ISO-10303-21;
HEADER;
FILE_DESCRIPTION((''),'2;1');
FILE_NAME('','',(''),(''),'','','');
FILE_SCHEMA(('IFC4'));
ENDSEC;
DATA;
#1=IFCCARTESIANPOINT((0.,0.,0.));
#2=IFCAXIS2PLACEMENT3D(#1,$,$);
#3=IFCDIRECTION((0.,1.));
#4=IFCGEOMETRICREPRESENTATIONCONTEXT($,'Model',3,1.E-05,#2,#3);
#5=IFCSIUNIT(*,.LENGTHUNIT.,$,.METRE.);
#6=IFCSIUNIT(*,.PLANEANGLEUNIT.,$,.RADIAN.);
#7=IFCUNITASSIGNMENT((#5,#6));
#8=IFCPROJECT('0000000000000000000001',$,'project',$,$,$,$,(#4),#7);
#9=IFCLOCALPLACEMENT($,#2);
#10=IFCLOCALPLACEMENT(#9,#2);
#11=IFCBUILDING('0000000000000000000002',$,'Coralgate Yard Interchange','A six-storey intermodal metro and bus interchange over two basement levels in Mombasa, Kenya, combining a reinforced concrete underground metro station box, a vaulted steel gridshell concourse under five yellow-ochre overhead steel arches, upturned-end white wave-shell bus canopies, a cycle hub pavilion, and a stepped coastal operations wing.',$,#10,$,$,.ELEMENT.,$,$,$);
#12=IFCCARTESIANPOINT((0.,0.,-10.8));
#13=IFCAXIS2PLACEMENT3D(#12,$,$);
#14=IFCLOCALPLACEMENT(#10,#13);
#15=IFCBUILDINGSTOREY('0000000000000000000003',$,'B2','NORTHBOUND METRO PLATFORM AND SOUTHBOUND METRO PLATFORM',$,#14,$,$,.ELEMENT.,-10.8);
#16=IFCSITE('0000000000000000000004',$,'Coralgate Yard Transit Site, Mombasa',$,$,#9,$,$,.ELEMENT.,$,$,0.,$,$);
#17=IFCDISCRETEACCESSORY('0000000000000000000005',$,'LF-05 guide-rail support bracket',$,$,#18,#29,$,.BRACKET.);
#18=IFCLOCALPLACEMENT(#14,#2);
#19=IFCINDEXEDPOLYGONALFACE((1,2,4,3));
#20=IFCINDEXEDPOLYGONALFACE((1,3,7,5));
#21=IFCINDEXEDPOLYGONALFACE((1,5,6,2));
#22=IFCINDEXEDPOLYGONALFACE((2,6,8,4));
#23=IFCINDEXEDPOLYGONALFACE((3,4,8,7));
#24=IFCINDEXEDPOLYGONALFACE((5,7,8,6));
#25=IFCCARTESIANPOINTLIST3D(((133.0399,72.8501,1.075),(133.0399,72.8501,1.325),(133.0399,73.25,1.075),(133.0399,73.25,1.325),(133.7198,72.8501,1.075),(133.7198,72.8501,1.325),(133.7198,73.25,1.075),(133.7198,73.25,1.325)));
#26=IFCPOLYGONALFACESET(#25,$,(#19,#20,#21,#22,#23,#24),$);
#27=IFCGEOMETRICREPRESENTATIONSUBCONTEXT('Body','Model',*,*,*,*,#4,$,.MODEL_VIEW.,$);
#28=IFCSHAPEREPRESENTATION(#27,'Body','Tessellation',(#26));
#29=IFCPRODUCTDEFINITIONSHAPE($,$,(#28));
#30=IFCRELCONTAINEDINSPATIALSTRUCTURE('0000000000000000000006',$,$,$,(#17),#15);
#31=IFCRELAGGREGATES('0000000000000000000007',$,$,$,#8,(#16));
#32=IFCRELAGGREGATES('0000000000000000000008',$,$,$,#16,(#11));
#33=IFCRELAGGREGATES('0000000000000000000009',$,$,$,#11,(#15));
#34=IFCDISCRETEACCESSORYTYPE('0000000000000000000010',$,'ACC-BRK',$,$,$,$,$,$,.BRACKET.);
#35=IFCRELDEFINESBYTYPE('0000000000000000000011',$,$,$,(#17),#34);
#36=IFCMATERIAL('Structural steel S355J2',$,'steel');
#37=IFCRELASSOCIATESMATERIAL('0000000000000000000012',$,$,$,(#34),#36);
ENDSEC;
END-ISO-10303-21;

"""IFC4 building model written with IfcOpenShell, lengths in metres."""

from ifc_helpers import new_model, si_unit, direction, frame, origin, origin_2d, place, context, subcontext, project, spatial, rectangle, extrude, material, type_object, element, save


model = new_model("IFC4")

# Units and contexts
model_context = context("Model", 3, precision=1e-05, world=origin(), true_north=direction((0.0, 1.0)))
body_context = subcontext(model_context, "Body", "Model", "MODEL_VIEW")
ifc_project = project(units=[si_unit("LENGTHUNIT", "METRE"), si_unit("PLANEANGLEUNIT", "RADIAN")], contexts=[model_context])

# Site, building, storey
site_placement = place(None, origin())
site = spatial("IfcSite", under=ifc_project, at=site_placement, Name="Coralgate Yard Transit Site, Mombasa", CompositionType="ELEMENT", RefElevation=0.0)
building_placement = place(site_placement, origin())
building = spatial("IfcBuilding", under=site, at=building_placement, Name="Coralgate Yard Interchange", Description="A six-storey intermodal metro and bus interchange over two basement levels in Mombasa, Kenya, combining a reinforced concrete underground metro station box, a vaulted steel gridshell concourse under five yellow-ochre overhead steel arches, upturned-end white wave-shell bus canopies, a cycle hub pavilion, and a stepped coastal operations wing.", CompositionType="ELEMENT")
storey_placement = place(building_placement, frame((0.0, 0.0, -10.8)))
storey = spatial("IfcBuildingStorey", under=building, at=storey_placement, Name="B2", Description="NORTHBOUND METRO PLATFORM AND SOUTHBOUND METRO PLATFORM", CompositionType="ELEMENT", Elevation=-10.8)

# Discrete accessory
ifc_material_1 = material(Name="Structural steel S355J2", Category="steel")
discrete_accessory_type = type_object("IfcDiscreteAccessoryType", Name="ACC-BRK", PredefinedType="BRACKET", material=ifc_material_1)
discrete_accessory_placement = place(storey_placement, frame((133.3799, 73.05, 1.075), z_axis=(0.0, 0.0, 1.0), x_axis=(1.0, 0.0, 0.0)))
element("IfcDiscreteAccessory", 1, at=discrete_accessory_placement, inside=storey, type_object=discrete_accessory_type, Name="LF-05 guide-rail support bracket", PredefinedType="BRACKET", context=body_context, shape_type="SweptSolid", body=[
    extrude(rectangle(XDim=0.6799, YDim=0.3999, at=origin_2d()), origin(), (0.0, 0.0, 1.0), 0.25),
])

save(model, "model.ifc")
